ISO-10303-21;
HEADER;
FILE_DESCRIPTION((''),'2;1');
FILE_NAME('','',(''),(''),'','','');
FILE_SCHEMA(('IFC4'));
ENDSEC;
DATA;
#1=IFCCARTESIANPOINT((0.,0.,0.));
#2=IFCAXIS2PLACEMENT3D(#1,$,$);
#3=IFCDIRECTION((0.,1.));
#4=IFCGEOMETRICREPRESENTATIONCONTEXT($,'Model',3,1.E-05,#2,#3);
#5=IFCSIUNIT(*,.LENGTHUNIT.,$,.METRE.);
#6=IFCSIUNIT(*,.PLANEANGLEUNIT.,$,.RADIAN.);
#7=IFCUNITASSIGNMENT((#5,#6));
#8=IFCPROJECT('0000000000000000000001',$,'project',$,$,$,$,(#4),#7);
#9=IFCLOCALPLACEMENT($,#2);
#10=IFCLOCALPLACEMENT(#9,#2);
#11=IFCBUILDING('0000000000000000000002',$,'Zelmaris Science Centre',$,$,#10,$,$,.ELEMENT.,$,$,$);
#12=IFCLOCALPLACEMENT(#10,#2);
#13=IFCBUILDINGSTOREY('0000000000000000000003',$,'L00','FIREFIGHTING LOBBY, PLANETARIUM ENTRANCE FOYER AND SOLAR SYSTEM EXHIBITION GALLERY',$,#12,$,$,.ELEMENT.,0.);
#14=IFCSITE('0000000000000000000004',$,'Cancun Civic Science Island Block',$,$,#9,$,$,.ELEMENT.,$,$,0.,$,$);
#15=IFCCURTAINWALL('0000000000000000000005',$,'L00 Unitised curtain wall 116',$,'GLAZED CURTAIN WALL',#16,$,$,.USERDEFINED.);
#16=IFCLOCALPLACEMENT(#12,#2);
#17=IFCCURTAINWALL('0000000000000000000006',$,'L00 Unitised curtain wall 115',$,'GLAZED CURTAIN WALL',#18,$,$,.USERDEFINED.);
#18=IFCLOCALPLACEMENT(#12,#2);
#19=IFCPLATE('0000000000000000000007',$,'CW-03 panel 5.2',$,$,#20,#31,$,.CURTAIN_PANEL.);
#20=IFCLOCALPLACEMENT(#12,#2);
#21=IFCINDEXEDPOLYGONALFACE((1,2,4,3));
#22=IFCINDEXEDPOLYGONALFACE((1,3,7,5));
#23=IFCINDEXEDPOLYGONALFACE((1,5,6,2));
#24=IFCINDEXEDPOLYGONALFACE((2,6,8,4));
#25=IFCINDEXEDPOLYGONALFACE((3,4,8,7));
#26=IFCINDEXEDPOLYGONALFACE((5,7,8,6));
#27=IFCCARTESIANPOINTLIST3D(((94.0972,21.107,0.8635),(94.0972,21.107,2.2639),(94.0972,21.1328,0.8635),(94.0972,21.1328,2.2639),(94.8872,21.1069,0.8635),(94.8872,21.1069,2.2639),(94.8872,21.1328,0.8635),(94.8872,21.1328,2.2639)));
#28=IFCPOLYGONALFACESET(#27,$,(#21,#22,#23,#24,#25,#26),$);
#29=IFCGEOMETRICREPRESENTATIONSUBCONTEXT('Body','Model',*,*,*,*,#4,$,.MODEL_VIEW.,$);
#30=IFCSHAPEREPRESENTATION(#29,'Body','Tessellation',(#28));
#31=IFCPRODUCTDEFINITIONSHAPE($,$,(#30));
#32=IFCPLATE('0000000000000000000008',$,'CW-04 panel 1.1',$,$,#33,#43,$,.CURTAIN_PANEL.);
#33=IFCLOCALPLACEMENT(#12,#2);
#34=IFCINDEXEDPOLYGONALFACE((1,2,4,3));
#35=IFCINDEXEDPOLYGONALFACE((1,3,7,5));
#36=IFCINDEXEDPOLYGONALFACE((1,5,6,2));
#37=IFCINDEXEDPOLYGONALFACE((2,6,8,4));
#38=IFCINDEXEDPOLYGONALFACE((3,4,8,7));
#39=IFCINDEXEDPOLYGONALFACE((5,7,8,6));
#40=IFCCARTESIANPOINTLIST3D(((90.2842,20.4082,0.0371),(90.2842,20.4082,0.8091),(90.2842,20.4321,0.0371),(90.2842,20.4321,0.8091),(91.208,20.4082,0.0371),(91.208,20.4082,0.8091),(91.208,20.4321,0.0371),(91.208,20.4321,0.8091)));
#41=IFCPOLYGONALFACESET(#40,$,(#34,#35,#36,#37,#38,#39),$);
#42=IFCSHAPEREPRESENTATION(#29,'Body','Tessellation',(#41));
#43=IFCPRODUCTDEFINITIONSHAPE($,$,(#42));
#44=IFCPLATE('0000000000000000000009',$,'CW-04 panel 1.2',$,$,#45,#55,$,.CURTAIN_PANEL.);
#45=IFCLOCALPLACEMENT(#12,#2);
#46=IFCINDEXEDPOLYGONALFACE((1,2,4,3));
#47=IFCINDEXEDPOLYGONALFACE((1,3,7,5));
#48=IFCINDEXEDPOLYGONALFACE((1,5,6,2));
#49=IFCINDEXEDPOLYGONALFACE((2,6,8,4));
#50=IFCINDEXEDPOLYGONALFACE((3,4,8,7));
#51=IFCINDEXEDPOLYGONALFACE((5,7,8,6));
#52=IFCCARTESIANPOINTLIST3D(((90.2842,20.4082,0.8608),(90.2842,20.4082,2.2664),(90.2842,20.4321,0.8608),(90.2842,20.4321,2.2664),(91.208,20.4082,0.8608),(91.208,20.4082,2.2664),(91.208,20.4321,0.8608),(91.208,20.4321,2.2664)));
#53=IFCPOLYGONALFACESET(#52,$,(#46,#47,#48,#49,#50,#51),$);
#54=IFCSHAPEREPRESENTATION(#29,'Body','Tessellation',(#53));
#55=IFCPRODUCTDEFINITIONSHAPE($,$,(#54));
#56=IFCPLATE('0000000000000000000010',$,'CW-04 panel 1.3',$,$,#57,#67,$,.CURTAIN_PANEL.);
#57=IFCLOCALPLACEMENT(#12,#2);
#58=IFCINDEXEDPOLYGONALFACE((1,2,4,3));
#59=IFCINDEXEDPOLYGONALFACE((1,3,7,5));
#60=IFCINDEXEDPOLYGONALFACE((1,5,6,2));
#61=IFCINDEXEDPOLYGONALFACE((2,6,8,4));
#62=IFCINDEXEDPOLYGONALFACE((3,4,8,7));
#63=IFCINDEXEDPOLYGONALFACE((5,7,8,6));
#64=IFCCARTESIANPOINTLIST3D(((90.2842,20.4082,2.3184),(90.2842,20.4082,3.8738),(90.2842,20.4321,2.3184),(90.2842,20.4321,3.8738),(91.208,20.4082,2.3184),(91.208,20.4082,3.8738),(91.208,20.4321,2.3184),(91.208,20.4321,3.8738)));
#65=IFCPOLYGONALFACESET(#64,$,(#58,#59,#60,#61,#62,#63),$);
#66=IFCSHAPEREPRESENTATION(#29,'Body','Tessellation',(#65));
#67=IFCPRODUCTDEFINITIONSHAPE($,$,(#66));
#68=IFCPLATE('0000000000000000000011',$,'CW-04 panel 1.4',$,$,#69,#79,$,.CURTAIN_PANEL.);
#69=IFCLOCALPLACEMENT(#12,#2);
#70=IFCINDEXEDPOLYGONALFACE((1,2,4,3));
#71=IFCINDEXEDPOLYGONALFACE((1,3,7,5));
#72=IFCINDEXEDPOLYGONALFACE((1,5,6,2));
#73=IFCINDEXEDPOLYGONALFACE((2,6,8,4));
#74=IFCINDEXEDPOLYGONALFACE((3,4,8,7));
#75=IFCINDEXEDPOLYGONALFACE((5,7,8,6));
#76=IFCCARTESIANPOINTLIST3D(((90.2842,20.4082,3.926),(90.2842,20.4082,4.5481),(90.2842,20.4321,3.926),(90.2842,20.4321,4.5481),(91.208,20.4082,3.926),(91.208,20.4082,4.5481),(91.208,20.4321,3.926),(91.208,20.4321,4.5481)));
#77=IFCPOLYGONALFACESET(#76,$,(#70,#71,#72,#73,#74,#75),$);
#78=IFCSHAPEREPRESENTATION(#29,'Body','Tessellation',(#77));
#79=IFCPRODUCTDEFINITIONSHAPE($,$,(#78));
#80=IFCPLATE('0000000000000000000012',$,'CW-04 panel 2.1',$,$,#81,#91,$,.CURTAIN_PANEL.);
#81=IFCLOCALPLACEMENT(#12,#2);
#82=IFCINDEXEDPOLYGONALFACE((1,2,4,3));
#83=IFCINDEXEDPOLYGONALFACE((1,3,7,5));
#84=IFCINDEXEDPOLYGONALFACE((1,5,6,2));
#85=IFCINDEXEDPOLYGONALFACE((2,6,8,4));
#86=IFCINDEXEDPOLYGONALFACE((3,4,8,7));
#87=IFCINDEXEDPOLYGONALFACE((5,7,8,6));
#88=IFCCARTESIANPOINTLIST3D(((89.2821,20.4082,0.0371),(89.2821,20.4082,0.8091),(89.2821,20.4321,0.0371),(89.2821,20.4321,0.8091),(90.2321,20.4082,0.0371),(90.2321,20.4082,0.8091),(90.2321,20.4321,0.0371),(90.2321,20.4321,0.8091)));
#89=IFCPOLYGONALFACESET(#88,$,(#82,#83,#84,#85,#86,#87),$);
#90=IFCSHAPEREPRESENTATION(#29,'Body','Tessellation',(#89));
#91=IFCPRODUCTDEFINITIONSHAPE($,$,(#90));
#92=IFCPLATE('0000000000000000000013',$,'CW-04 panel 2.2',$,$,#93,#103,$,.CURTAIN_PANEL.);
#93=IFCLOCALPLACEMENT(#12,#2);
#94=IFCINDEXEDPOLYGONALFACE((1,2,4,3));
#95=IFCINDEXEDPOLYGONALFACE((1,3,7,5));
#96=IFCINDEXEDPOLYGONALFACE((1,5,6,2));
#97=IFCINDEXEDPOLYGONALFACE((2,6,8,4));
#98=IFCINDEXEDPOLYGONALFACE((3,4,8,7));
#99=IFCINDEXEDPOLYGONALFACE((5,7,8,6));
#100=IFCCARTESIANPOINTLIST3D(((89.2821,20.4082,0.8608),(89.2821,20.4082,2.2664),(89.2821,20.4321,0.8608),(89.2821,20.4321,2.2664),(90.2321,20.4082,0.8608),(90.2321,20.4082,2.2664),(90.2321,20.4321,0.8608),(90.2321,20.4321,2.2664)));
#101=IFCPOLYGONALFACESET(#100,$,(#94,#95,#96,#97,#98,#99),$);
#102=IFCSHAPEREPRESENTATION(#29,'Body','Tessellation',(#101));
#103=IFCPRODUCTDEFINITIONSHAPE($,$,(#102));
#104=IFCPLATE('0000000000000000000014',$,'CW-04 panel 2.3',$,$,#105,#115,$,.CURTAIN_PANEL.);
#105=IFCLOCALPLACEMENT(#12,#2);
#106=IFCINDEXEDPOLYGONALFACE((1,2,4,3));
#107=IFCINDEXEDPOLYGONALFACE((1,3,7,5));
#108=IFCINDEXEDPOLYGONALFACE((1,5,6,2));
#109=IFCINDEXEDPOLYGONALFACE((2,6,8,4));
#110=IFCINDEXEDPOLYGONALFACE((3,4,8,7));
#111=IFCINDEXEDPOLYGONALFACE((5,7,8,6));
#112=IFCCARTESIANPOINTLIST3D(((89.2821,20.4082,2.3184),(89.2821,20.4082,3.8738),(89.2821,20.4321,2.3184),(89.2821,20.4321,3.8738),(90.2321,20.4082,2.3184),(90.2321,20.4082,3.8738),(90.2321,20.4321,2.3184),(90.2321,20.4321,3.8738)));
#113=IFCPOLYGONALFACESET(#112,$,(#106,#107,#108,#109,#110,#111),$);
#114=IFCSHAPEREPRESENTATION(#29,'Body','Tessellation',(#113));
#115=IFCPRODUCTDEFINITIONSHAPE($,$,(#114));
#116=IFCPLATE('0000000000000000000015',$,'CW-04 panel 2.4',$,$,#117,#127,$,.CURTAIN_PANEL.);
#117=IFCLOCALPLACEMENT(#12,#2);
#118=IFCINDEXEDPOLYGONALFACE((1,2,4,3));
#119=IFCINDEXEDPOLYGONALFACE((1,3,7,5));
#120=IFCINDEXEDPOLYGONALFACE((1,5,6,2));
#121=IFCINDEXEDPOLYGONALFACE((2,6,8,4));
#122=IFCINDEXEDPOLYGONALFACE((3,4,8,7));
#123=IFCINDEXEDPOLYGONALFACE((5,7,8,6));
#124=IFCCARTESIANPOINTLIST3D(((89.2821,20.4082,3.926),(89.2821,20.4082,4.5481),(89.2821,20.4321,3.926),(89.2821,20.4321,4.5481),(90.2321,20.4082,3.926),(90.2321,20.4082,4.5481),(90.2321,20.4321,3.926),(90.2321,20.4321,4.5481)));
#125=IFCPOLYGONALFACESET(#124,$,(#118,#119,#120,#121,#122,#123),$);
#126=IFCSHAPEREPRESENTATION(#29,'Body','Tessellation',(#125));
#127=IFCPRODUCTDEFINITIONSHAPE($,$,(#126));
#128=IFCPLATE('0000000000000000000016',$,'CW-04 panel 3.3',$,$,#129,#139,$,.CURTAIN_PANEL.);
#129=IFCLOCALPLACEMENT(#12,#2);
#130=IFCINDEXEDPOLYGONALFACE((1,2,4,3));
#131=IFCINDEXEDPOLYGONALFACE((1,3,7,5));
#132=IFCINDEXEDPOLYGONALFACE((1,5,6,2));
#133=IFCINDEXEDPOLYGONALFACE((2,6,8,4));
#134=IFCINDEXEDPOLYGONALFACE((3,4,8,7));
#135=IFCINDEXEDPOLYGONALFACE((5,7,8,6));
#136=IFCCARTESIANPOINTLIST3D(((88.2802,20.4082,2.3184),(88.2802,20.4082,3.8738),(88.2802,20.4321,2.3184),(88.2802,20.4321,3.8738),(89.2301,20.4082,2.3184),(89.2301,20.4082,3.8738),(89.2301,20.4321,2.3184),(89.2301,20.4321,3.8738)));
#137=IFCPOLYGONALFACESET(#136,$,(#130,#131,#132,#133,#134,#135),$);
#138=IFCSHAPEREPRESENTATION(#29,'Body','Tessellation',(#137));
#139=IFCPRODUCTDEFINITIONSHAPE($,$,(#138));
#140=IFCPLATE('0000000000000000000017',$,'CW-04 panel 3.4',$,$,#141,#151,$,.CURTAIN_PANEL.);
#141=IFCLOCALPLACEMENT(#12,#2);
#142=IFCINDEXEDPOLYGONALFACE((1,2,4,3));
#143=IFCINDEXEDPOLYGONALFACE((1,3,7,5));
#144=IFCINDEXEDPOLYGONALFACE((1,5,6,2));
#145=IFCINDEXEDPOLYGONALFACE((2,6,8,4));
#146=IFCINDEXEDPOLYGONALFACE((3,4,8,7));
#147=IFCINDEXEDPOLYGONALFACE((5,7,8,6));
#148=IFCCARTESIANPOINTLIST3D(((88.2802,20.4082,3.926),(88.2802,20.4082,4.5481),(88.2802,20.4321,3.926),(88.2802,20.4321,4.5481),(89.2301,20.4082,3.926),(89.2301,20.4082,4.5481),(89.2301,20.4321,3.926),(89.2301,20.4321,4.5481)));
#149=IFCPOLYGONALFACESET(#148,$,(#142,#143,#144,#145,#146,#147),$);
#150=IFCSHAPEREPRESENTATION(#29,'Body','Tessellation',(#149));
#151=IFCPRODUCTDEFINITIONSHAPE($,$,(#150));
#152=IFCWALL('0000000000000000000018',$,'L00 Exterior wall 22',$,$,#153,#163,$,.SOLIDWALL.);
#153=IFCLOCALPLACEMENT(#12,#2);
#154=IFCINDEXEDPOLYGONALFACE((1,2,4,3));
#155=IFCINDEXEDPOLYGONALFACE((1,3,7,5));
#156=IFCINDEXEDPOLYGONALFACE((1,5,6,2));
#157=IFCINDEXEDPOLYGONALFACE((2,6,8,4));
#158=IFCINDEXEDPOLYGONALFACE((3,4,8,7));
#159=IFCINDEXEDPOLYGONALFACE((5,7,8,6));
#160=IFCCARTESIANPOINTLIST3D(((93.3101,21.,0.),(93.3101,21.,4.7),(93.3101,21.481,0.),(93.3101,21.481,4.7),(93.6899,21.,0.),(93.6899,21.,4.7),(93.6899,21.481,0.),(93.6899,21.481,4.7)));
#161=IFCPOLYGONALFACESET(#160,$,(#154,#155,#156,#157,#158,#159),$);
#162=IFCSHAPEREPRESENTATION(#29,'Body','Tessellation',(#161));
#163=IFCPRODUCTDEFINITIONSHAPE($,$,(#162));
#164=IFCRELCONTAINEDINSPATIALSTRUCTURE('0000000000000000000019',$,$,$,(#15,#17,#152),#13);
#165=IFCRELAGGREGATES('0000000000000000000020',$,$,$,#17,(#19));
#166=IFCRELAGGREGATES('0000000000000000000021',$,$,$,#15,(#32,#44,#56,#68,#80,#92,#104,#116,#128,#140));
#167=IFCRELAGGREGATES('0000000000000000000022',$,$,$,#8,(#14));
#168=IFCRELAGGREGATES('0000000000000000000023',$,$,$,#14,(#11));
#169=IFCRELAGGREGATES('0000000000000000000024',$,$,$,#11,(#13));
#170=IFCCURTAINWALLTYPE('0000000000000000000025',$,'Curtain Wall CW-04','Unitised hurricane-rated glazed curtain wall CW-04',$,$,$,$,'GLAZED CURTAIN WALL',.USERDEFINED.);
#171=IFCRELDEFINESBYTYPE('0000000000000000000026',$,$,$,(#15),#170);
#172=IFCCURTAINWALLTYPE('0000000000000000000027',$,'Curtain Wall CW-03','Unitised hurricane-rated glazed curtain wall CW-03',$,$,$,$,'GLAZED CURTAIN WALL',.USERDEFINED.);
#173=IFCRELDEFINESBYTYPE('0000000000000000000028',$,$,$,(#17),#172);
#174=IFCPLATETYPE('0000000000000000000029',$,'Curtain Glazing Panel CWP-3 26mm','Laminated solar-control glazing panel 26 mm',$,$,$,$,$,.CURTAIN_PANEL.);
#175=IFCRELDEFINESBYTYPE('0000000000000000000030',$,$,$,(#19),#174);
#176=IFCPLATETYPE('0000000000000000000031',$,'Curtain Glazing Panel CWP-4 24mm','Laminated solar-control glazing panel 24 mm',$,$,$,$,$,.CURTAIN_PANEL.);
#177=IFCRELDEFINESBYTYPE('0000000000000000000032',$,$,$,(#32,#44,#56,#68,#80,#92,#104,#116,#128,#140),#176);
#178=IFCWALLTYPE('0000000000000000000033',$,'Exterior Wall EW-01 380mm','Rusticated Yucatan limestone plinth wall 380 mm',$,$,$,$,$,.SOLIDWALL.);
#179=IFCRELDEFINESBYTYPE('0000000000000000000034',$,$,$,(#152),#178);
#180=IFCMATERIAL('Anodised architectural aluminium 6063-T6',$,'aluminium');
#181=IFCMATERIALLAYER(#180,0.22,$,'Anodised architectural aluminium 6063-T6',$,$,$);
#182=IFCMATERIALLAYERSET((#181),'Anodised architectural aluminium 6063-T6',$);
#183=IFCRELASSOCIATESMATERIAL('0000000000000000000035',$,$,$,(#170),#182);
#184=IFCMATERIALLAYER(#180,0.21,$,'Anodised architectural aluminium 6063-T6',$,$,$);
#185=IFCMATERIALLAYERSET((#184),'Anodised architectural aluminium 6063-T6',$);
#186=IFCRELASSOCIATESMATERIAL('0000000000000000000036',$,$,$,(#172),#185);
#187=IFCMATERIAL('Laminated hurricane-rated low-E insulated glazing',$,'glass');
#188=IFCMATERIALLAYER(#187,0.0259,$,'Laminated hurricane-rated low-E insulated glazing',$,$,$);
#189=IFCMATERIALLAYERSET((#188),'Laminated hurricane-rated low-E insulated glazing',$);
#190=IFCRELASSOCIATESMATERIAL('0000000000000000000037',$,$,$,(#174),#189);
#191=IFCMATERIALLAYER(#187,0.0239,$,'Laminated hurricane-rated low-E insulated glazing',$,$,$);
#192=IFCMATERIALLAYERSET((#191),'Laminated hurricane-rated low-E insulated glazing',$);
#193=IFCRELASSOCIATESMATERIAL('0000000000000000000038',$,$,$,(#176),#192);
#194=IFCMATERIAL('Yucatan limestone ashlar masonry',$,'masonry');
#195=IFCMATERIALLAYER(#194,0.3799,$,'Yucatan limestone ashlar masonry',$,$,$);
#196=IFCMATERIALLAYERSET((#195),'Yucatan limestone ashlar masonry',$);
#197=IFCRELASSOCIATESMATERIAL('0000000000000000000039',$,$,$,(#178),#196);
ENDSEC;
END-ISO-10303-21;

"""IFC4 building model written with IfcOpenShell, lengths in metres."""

from ifc_helpers import new_model, si_unit, direction, frame, frame_2d, origin, origin_2d, place, context, subcontext, project, spatial, rectangle, extrude, material, layer, layer_set, type_object, element, aggregate, save


model = new_model("IFC4")

# Units and contexts
model_context = context("Model", 3, precision=1e-05, world=origin(), true_north=direction((0.0, 1.0)))
body_context = subcontext(model_context, "Body", "Model", "MODEL_VIEW")
ifc_project = project(units=[si_unit("LENGTHUNIT", "METRE"), si_unit("PLANEANGLEUNIT", "RADIAN")], contexts=[model_context])

# Site, building, storey
site_placement = place(None, origin())
site = spatial("IfcSite", under=ifc_project, at=site_placement, Name="Cancun Civic Science Island Block", CompositionType="ELEMENT", RefElevation=0.0)
building_placement = place(site_placement, origin())
building = spatial("IfcBuilding", under=site, at=building_placement, Name="Zelmaris Science Centre", CompositionType="ELEMENT")
storey_placement = place(building_placement, origin())
storey = spatial("IfcBuildingStorey", under=building, at=storey_placement, Name="L00", Description="FIREFIGHTING LOBBY, PLANETARIUM ENTRANCE FOYER AND SOLAR SYSTEM EXHIBITION GALLERY", CompositionType="ELEMENT", Elevation=0.0)

# Curtain wall
ifc_material_1 = material(Name="Anodised architectural aluminium 6063-T6", Category="aluminium")
ifc_layer_1 = layer(ifc_material_1, 0.22, Name="Anodised architectural aluminium 6063-T6")
ifc_layer_set_1 = layer_set([ifc_layer_1], Name="Anodised architectural aluminium 6063-T6")
curtain_wall_type_1 = type_object("IfcCurtainWallType", Name="Curtain Wall CW-04", Description="Unitised hurricane-rated glazed curtain wall CW-04", ElementType="GLAZED CURTAIN WALL", PredefinedType="USERDEFINED", material=ifc_layer_set_1)
curtain_wall_1_placement = place(storey_placement, origin())
curtain_wall_1 = element("IfcCurtainWall", 1, at=curtain_wall_1_placement, inside=storey, type_object=curtain_wall_type_1, Name="L00 Unitised curtain wall 116", ObjectType="GLAZED CURTAIN WALL", PredefinedType="USERDEFINED")

# Curtain wall, plate
ifc_layer_2 = layer(ifc_material_1, 0.21, Name="Anodised architectural aluminium 6063-T6")
ifc_layer_set_2 = layer_set([ifc_layer_2], Name="Anodised architectural aluminium 6063-T6")
curtain_wall_type_2 = type_object("IfcCurtainWallType", Name="Curtain Wall CW-03", Description="Unitised hurricane-rated glazed curtain wall CW-03", ElementType="GLAZED CURTAIN WALL", PredefinedType="USERDEFINED", material=ifc_layer_set_2)
curtain_wall_2_placement = place(storey_placement, origin())
curtain_wall_2 = element("IfcCurtainWall", 2, at=curtain_wall_2_placement, inside=storey, type_object=curtain_wall_type_2, Name="L00 Unitised curtain wall 115", ObjectType="GLAZED CURTAIN WALL", PredefinedType="USERDEFINED")
ifc_material_2 = material(Name="Laminated hurricane-rated low-E insulated glazing", Category="glass")
ifc_layer_3 = layer(ifc_material_2, 0.0259, Name="Laminated hurricane-rated low-E insulated glazing")
ifc_layer_set_3 = layer_set([ifc_layer_3], Name="Laminated hurricane-rated low-E insulated glazing")
plate_type_1 = type_object("IfcPlateType", Name="Curtain Glazing Panel CWP-3 26mm", Description="Laminated solar-control glazing panel 26 mm", PredefinedType="CURTAIN_PANEL", material=ifc_layer_set_3)
plate_1_placement = place(storey_placement, frame((94.4922, 21.1199, 0.8635), z_axis=(0.0, 0.0, 1.0), x_axis=(-1.0, 0.000069, 0.0)))
plate_1 = element("IfcPlate", 3, at=plate_1_placement, type_object=plate_type_1, Name="CW-03 panel 5.2", PredefinedType="CURTAIN_PANEL", context=body_context, shape_type="SweptSolid", body=[
    extrude(rectangle(XDim=0.79, YDim=0.0259, at=origin_2d()), origin(), (0.0, 0.0, 1.0), 1.4004),
])
aggregate(curtain_wall_2, [plate_1])

# Plates
ifc_layer_4 = layer(ifc_material_2, 0.0239, Name="Laminated hurricane-rated low-E insulated glazing")
ifc_layer_set_4 = layer_set([ifc_layer_4], Name="Laminated hurricane-rated low-E insulated glazing")
plate_type_2 = type_object("IfcPlateType", Name="Curtain Glazing Panel CWP-4 24mm", Description="Laminated solar-control glazing panel 24 mm", PredefinedType="CURTAIN_PANEL", material=ifc_layer_set_4)
plate_2_placement = place(storey_placement, frame((90.7461, 20.4202, 0.0371), z_axis=(0.0, 0.0, 1.0), x_axis=(-1.0, 0.0, 0.0)))
plate_2 = element("IfcPlate", 4, at=plate_2_placement, type_object=plate_type_2, Name="CW-04 panel 1.1", PredefinedType="CURTAIN_PANEL", context=body_context, shape_type="SweptSolid", body=[
    extrude(rectangle(XDim=0.9238, YDim=0.0239, at=origin_2d()), origin(), (0.0, 0.0, 1.0), 0.772),
])
plate_3_placement = place(storey_placement, frame((90.7461, 20.4202, 0.8608), z_axis=(0.0, 0.0, 1.0), x_axis=(-1.0, 0.0, 0.0)))
plate_3 = element("IfcPlate", 5, at=plate_3_placement, type_object=plate_type_2, Name="CW-04 panel 1.2", PredefinedType="CURTAIN_PANEL", context=body_context, shape_type="SweptSolid", body=[
    extrude(rectangle(XDim=0.9238, YDim=0.0239, at=origin_2d()), origin(), (0.0, 0.0, 1.0), 1.4055),
])
plate_4_placement = place(storey_placement, frame((90.7461, 20.4202, 2.3184), z_axis=(0.0, 0.0, 1.0), x_axis=(-1.0, 0.0, 0.0)))
plate_4 = element("IfcPlate", 6, at=plate_4_placement, type_object=plate_type_2, Name="CW-04 panel 1.3", PredefinedType="CURTAIN_PANEL", context=body_context, shape_type="SweptSolid", body=[
    extrude(rectangle(XDim=0.9238, YDim=0.0239, at=origin_2d()), origin(), (0.0, 0.0, 1.0), 1.5554),
])
plate_5_placement = place(storey_placement, frame((90.7461, 20.4202, 3.926), z_axis=(0.0, 0.0, 1.0), x_axis=(-1.0, 0.0, 0.0)))
plate_5 = element("IfcPlate", 7, at=plate_5_placement, type_object=plate_type_2, Name="CW-04 panel 1.4", PredefinedType="CURTAIN_PANEL", context=body_context, shape_type="SweptSolid", body=[
    extrude(rectangle(XDim=0.9238, YDim=0.0239, at=origin_2d()), origin(), (0.0, 0.0, 1.0), 0.6221),
])
plate_6_placement = place(storey_placement, frame((89.7571, 20.4202, 0.0371), z_axis=(0.0, 0.0, 1.0), x_axis=(-1.0, 0.0, 0.0)))
plate_6 = element("IfcPlate", 8, at=plate_6_placement, type_object=plate_type_2, Name="CW-04 panel 2.1", PredefinedType="CURTAIN_PANEL", context=body_context, shape_type="SweptSolid", body=[
    extrude(rectangle(XDim=0.95, YDim=0.0239, at=origin_2d()), origin(), (0.0, 0.0, 1.0), 0.772),
])
plate_7_placement = place(storey_placement, frame((89.7571, 20.4202, 0.8608), z_axis=(0.0, 0.0, 1.0), x_axis=(-1.0, 0.0, 0.0)))
plate_7 = element("IfcPlate", 9, at=plate_7_placement, type_object=plate_type_2, Name="CW-04 panel 2.2", PredefinedType="CURTAIN_PANEL", context=body_context, shape_type="SweptSolid", body=[
    extrude(rectangle(XDim=0.95, YDim=0.0239, at=origin_2d()), origin(), (0.0, 0.0, 1.0), 1.4055),
])
plate_8_placement = place(storey_placement, frame((89.7571, 20.4202, 2.3184), z_axis=(0.0, 0.0, 1.0), x_axis=(-1.0, 0.0, 0.0)))
plate_8 = element("IfcPlate", 10, at=plate_8_placement, type_object=plate_type_2, Name="CW-04 panel 2.3", PredefinedType="CURTAIN_PANEL", context=body_context, shape_type="SweptSolid", body=[
    extrude(rectangle(XDim=0.95, YDim=0.0239, at=origin_2d()), origin(), (0.0, 0.0, 1.0), 1.5554),
])
plate_9_placement = place(storey_placement, frame((89.7571, 20.4202, 3.926), z_axis=(0.0, 0.0, 1.0), x_axis=(-1.0, 0.0, 0.0)))
plate_9 = element("IfcPlate", 11, at=plate_9_placement, type_object=plate_type_2, Name="CW-04 panel 2.4", PredefinedType="CURTAIN_PANEL", context=body_context, shape_type="SweptSolid", body=[
    extrude(rectangle(XDim=0.95, YDim=0.0239, at=origin_2d()), origin(), (0.0, 0.0, 1.0), 0.6221),
])
plate_10_placement = place(storey_placement, frame((88.7551, 20.4202, 2.3184), z_axis=(0.0, 0.0, 1.0), x_axis=(-1.0, 0.0, 0.0)))
plate_10 = element("IfcPlate", 12, at=plate_10_placement, type_object=plate_type_2, Name="CW-04 panel 3.3", PredefinedType="CURTAIN_PANEL", context=body_context, shape_type="SweptSolid", body=[
    extrude(rectangle(XDim=0.95, YDim=0.0239, at=origin_2d()), origin(), (0.0, 0.0, 1.0), 1.5554),
])
plate_11_placement = place(storey_placement, frame((88.7551, 20.4202, 3.926), z_axis=(0.0, 0.0, 1.0), x_axis=(-1.0, 0.0, 0.0)))
plate_11 = element("IfcPlate", 13, at=plate_11_placement, type_object=plate_type_2, Name="CW-04 panel 3.4", PredefinedType="CURTAIN_PANEL", context=body_context, shape_type="SweptSolid", body=[
    extrude(rectangle(XDim=0.95, YDim=0.0239, at=origin_2d()), origin(), (0.0, 0.0, 1.0), 0.6221),
])
aggregate(curtain_wall_1, [plate_2, plate_3, plate_4, plate_5, plate_6, plate_7, plate_8, plate_9, plate_10, plate_11])

# Wall
ifc_material_3 = material(Name="Yucatan limestone ashlar masonry", Category="masonry")
ifc_layer_5 = layer(ifc_material_3, 0.3799, Name="Yucatan limestone ashlar masonry")
ifc_layer_set_5 = layer_set([ifc_layer_5], Name="Yucatan limestone ashlar masonry")
wall_type = type_object("IfcWallType", Name="Exterior Wall EW-01 380mm", Description="Rusticated Yucatan limestone plinth wall 380 mm", PredefinedType="SOLIDWALL", material=ifc_layer_set_5)
wall_placement = place(storey_placement, frame((93.5, 21.0, 0.0), z_axis=(0.0, 0.0, 1.0), x_axis=(0.0, 1.0, 0.0)))
element("IfcWall", 14, at=wall_placement, inside=storey, type_object=wall_type, Name="L00 Exterior wall 22", PredefinedType="SOLIDWALL", context=body_context, shape_type="SweptSolid", body=[
    extrude(rectangle(XDim=0.481, YDim=0.3799, at=frame_2d((0.2405, 0.0))), origin(), (0.0, 0.0, 1.0), 4.7),
])

save(model, "model.ifc")
